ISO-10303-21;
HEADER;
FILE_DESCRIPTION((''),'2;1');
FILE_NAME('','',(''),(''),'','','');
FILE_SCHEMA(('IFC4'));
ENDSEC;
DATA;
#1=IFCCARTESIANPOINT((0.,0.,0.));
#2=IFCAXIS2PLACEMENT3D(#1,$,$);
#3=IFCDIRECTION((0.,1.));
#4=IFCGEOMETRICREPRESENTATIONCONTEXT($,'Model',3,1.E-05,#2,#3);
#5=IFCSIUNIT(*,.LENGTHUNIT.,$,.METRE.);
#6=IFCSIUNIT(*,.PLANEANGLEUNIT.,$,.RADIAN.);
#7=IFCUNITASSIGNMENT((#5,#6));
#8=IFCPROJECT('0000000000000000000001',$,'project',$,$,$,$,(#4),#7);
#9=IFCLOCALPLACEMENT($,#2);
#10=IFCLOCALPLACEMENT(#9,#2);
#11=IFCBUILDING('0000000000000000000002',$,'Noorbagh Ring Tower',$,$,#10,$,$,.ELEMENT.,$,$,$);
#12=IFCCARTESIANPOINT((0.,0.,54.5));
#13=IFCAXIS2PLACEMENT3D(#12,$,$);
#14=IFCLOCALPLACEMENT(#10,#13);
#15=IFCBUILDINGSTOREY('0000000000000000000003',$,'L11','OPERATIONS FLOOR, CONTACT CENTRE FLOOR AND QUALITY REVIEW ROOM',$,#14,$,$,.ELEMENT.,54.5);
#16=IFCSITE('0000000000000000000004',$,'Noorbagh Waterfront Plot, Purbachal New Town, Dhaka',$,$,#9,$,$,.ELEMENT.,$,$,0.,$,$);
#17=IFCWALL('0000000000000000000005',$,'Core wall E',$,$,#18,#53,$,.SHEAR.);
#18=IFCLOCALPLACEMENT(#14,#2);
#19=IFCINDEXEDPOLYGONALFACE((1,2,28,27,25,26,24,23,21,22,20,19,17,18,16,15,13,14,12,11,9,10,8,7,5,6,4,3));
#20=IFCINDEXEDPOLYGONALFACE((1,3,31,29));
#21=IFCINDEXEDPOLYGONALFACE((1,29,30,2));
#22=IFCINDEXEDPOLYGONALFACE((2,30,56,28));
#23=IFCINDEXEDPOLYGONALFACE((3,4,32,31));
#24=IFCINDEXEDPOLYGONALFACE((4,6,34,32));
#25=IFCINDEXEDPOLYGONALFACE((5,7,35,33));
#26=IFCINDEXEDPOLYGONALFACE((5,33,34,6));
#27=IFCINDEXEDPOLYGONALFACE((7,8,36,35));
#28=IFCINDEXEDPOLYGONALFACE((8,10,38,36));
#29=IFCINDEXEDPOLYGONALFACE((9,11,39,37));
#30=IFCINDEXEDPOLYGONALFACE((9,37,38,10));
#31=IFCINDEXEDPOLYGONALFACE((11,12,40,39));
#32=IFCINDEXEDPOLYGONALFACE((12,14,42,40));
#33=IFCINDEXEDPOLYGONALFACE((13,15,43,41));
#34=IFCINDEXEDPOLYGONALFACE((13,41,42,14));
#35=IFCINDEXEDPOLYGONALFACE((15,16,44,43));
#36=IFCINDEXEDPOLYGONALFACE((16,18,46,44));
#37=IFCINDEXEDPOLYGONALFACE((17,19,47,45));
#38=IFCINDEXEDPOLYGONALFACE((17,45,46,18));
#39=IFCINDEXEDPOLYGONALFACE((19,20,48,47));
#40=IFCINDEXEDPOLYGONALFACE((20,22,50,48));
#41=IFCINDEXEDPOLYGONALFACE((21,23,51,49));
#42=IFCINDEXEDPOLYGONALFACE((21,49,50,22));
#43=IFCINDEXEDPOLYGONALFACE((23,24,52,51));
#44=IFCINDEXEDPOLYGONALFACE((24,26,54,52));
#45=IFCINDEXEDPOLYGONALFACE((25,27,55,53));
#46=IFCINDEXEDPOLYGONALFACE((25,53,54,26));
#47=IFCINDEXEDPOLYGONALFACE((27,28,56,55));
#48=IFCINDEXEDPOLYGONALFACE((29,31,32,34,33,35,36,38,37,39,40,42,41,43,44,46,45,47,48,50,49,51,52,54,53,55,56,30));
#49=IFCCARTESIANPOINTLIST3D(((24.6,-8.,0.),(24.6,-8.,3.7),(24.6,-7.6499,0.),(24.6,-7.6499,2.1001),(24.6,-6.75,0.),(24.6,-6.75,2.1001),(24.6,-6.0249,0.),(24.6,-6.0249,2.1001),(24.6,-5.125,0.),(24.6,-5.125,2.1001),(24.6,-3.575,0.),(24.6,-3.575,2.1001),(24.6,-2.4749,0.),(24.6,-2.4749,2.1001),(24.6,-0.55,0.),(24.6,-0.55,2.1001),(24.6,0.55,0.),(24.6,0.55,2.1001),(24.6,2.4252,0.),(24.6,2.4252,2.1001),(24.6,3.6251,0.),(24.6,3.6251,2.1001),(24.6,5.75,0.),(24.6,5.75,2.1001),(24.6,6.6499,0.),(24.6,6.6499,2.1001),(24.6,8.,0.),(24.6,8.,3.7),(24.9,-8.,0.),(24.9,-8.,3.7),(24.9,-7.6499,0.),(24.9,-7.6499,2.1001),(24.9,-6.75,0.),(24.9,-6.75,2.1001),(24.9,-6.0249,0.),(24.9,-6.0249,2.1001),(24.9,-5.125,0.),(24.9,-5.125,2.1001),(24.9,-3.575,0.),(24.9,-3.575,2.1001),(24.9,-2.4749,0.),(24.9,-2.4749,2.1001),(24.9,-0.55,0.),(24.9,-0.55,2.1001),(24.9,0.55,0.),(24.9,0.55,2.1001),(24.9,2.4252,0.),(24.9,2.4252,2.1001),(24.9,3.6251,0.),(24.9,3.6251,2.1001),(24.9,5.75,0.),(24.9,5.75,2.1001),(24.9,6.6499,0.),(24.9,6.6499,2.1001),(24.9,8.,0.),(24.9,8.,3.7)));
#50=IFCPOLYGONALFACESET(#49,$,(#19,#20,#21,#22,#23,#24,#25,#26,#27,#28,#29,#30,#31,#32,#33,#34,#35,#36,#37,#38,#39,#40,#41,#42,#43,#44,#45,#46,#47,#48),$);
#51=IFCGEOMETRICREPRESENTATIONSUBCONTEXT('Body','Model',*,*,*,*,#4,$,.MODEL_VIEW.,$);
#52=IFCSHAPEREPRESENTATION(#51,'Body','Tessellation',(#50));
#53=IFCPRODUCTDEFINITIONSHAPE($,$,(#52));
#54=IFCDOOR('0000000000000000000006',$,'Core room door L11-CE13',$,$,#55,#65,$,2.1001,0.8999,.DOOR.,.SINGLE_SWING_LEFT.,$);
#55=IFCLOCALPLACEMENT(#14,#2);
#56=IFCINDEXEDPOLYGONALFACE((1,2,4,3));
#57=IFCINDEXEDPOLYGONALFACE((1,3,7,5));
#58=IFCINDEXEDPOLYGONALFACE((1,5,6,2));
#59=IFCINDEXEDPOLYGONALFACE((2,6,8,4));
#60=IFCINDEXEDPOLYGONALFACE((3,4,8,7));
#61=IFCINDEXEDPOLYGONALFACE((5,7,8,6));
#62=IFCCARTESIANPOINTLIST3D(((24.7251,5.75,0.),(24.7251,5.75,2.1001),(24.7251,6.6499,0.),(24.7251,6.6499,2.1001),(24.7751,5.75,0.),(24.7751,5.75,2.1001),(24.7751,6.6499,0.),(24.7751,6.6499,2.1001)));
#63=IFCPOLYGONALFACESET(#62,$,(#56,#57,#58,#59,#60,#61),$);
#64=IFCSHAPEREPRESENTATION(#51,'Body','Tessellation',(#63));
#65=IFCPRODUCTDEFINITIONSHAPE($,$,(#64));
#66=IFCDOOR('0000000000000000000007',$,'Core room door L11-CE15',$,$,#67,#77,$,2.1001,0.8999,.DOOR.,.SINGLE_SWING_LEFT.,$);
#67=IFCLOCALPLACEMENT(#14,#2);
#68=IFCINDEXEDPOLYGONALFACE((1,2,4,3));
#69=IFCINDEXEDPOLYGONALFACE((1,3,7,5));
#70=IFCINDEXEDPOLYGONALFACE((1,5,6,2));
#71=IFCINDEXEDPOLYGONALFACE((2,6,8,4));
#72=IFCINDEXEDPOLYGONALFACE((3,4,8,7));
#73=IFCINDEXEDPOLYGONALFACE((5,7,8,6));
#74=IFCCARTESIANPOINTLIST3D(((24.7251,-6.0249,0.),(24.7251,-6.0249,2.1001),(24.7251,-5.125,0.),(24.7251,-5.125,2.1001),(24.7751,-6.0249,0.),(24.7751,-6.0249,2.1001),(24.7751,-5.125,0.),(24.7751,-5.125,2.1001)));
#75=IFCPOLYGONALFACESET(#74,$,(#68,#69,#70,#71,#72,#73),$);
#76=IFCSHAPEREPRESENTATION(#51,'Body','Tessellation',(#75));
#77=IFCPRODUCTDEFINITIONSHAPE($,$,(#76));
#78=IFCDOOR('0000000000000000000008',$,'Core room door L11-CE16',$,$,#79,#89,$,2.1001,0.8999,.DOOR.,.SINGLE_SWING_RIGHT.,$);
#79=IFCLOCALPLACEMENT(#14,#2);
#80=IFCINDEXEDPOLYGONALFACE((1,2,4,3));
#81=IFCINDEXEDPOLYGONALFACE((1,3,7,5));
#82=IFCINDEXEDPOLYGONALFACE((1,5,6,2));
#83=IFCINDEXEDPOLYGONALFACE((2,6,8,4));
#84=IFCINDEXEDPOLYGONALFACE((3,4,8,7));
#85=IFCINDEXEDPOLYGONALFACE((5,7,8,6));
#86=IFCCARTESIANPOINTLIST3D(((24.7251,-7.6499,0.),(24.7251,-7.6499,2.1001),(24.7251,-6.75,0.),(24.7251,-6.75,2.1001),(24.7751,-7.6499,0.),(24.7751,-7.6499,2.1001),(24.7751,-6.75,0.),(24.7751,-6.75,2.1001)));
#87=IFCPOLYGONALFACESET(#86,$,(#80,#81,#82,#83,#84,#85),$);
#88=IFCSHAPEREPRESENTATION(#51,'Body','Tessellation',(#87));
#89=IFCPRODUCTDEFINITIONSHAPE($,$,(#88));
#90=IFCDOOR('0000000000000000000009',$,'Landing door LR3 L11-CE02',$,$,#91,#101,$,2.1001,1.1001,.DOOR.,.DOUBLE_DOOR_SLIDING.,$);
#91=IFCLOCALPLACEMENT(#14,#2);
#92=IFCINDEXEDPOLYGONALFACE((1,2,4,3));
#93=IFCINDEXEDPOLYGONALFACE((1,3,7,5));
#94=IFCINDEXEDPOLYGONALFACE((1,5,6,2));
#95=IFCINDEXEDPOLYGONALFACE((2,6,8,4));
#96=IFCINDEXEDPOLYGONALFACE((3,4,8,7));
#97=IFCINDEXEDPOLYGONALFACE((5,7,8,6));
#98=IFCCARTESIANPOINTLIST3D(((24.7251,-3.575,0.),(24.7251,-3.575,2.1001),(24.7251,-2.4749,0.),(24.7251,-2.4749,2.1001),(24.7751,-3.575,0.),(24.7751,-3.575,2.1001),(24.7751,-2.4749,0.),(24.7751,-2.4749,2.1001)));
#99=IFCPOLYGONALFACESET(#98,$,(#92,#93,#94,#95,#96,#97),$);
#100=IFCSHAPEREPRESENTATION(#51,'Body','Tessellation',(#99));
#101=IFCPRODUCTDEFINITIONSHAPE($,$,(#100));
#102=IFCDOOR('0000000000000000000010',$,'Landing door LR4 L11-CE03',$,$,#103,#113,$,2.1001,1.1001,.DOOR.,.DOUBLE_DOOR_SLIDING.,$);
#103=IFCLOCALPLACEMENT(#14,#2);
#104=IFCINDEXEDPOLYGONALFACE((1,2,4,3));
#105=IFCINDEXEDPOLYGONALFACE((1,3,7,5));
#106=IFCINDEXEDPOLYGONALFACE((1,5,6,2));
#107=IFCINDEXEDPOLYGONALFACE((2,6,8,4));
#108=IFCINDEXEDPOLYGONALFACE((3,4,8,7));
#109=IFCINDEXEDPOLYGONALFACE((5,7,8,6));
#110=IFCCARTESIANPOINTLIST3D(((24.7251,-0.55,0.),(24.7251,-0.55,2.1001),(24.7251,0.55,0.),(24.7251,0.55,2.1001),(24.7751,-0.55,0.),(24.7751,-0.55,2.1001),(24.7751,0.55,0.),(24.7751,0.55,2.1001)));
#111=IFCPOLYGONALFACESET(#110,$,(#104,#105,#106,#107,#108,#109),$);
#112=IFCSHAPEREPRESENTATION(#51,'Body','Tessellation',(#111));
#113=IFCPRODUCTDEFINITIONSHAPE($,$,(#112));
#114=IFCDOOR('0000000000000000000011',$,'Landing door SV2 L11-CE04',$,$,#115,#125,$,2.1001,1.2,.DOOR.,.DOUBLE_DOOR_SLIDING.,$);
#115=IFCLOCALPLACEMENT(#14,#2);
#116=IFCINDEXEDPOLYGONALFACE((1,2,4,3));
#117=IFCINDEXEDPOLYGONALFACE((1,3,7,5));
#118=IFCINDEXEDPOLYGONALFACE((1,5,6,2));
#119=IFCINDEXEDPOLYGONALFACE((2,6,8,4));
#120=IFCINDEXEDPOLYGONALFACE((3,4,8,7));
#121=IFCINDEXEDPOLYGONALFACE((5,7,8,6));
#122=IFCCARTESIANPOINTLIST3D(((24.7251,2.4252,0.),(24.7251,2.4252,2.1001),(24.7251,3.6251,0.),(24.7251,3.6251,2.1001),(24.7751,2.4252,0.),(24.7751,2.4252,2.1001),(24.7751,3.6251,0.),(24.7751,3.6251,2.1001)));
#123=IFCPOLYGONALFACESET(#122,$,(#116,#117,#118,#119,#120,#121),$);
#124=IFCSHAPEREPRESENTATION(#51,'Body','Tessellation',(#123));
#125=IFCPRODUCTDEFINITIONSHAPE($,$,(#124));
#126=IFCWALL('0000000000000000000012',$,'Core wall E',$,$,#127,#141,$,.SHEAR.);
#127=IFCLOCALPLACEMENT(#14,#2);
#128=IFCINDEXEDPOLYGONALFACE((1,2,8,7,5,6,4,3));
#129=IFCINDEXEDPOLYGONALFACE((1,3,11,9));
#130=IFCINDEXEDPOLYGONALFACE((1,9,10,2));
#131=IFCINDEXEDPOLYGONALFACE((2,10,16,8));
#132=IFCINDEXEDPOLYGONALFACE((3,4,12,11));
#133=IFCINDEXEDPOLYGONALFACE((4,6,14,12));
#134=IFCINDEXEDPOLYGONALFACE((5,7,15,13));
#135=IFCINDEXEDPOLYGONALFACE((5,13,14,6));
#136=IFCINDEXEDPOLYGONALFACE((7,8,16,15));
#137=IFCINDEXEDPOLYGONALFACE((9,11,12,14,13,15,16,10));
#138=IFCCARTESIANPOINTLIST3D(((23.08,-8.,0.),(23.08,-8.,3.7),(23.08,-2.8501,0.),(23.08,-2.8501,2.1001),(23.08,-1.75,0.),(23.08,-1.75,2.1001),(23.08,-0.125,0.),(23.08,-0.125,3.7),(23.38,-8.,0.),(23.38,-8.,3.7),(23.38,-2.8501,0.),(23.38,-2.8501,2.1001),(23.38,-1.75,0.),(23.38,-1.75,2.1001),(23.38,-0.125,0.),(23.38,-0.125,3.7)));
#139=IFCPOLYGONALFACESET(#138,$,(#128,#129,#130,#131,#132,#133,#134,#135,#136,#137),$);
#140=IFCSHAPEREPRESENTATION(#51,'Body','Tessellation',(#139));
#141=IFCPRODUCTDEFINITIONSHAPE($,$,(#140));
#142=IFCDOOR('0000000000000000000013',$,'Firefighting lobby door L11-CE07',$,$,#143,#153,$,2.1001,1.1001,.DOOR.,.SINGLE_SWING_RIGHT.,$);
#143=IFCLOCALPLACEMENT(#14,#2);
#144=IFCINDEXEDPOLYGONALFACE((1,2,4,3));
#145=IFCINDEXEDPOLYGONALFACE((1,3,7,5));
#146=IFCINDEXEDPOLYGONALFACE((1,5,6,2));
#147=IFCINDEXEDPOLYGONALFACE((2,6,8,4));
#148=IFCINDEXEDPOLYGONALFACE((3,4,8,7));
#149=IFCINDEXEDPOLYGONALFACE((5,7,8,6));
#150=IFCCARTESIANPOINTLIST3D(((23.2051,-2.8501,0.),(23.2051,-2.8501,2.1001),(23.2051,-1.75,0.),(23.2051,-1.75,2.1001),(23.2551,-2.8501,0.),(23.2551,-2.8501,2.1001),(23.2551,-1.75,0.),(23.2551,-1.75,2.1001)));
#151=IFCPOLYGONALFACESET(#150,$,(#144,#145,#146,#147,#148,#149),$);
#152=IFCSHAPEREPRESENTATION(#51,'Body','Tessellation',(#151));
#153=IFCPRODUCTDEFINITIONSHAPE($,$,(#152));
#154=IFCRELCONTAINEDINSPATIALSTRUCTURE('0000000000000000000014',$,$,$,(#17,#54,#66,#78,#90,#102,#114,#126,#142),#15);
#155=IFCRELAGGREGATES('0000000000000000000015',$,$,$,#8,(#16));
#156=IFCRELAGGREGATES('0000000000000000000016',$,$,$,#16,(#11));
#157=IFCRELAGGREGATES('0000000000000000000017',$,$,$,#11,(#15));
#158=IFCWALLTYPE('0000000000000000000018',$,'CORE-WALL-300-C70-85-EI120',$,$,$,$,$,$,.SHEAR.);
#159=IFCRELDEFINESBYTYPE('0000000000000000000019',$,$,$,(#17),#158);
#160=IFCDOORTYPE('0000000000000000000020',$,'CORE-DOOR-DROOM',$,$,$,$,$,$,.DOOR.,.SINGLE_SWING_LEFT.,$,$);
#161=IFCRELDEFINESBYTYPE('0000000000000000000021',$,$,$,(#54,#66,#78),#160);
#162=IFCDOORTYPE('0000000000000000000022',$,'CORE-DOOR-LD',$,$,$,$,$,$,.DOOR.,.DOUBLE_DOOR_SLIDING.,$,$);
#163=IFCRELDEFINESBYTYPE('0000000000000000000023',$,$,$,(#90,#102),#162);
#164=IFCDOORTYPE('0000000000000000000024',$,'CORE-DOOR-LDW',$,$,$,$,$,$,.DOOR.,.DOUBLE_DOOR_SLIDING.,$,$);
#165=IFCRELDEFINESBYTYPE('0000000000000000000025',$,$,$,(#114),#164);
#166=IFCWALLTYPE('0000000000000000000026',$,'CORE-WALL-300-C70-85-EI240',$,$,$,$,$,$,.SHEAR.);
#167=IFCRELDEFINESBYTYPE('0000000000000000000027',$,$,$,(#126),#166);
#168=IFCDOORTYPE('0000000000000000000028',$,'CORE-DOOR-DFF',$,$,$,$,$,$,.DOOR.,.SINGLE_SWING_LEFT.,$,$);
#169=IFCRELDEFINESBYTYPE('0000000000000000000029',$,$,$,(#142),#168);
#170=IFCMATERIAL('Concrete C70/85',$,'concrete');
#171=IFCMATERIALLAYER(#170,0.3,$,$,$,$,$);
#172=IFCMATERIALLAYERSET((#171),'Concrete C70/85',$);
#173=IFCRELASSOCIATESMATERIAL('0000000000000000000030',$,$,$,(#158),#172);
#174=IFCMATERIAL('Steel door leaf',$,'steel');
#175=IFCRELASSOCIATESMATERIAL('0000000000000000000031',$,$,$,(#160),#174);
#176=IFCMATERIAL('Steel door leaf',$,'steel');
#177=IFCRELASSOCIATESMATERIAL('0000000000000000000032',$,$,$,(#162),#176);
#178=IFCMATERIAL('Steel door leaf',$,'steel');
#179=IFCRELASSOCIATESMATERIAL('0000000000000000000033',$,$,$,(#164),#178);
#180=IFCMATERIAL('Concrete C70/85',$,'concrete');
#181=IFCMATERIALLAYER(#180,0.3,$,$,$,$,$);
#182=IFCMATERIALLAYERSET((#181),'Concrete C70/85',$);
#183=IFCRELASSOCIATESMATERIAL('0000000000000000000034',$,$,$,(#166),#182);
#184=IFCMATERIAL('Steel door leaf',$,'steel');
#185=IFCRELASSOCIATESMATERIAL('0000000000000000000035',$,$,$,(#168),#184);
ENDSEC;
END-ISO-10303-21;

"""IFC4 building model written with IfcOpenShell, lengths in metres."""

from ifc_helpers import new_model, si_unit, direction, frame, frame_2d, origin, place, context, subcontext, project, spatial, rectangle, extrude, material, layer, layer_set, type_object, element, fill, save


model = new_model("IFC4")

# Units and contexts
model_context = context("Model", 3, precision=1e-05, world=origin(), true_north=direction((0.0, 1.0)))
body_context = subcontext(model_context, "Body", "Model", "MODEL_VIEW")
ifc_project = project(units=[si_unit("LENGTHUNIT", "METRE"), si_unit("PLANEANGLEUNIT", "RADIAN")], contexts=[model_context])

# Site, building, storey
site_placement = place(None, origin())
site = spatial("IfcSite", under=ifc_project, at=site_placement, Name="Noorbagh Waterfront Plot, Purbachal New Town, Dhaka", CompositionType="ELEMENT", RefElevation=0.0)
building_placement = place(site_placement, origin())
building = spatial("IfcBuilding", under=site, at=building_placement, Name="Noorbagh Ring Tower", CompositionType="ELEMENT")
storey_placement = place(building_placement, frame((0.0, 0.0, 54.5)))
storey = spatial("IfcBuildingStorey", under=building, at=storey_placement, Name="L11", Description="OPERATIONS FLOOR, CONTACT CENTRE FLOOR AND QUALITY REVIEW ROOM", CompositionType="ELEMENT", Elevation=54.5)

# Wall, openings, doors
ifc_material_1 = material(Name="Concrete C70/85", Category="concrete")
ifc_layer_1 = layer(ifc_material_1, 0.3)
ifc_layer_set_1 = layer_set([ifc_layer_1], Name="Concrete C70/85")
wall_type_1 = type_object("IfcWallType", Name="CORE-WALL-300-C70-85-EI120", PredefinedType="SHEAR", material=ifc_layer_set_1)
wall_1_placement = place(storey_placement, frame((24.75, -8.0, 0.0), z_axis=(0.0, 0.0, 1.0), x_axis=(0.0, 1.0, 0.0)))
wall_1 = element("IfcWall", 1, at=wall_1_placement, inside=storey, type_object=wall_type_1, Name="Core wall E", PredefinedType="SHEAR", context=body_context, shape_type="SweptSolid", body=[
    extrude(rectangle(XDim=16.0, YDim=0.3, at=frame_2d((8.0, 0.0))), origin(), (0.0, 0.0, 1.0), 3.7),
])
opening_1_placement = place(wall_1_placement, frame((4.425, 0.0, 0.0)))
opening_1 = element("IfcOpeningElement", 2, at=opening_1_placement, cuts=wall_1, PredefinedType="OPENING", context=body_context, shape_type="SweptSolid", body=[
    extrude(rectangle(XDim=1.1001, YDim=2.1001, at=frame_2d((0.55, 1.05))), frame((0.0, 0.1602, 0.0), z_axis=(0.0, -1.0, 0.0), x_axis=(1.0, 0.0, 0.0)), (0.0, 0.0, 1.0), 0.3201),
])
opening_2_placement = place(wall_1_placement, frame((7.45, 0.0, 0.0)))
opening_2 = element("IfcOpeningElement", 3, at=opening_2_placement, cuts=wall_1, PredefinedType="OPENING", context=body_context, shape_type="SweptSolid", body=[
    extrude(rectangle(XDim=1.1001, YDim=2.1001, at=frame_2d((0.55, 1.05))), frame((0.0, 0.1602, 0.0), z_axis=(0.0, -1.0, 0.0), x_axis=(1.0, 0.0, 0.0)), (0.0, 0.0, 1.0), 0.3201),
])
opening_3_placement = place(wall_1_placement, frame((10.425, 0.0, 0.0)))
opening_3 = element("IfcOpeningElement", 4, at=opening_3_placement, cuts=wall_1, PredefinedType="OPENING", context=body_context, shape_type="SweptSolid", body=[
    extrude(rectangle(XDim=1.2, YDim=2.1001, at=frame_2d((0.6001, 1.05))), frame((0.0, 0.1602, 0.0), z_axis=(0.0, -1.0, 0.0), x_axis=(1.0, 0.0, 0.0)), (0.0, 0.0, 1.0), 0.3201),
])
opening_4_placement = place(wall_1_placement, frame((13.75, 0.0, 0.0)))
opening_4 = element("IfcOpeningElement", 5, at=opening_4_placement, cuts=wall_1, PredefinedType="OPENING", context=body_context, shape_type="SweptSolid", body=[
    extrude(rectangle(XDim=0.8999, YDim=2.1001, at=frame_2d((0.45, 1.05))), frame((0.0, 0.1602, 0.0), z_axis=(0.0, -1.0, 0.0), x_axis=(1.0, 0.0, 0.0)), (0.0, 0.0, 1.0), 0.3201),
])
opening_5_placement = place(wall_1_placement, frame((1.9751, 0.0, 0.0)))
opening_5 = element("IfcOpeningElement", 6, at=opening_5_placement, cuts=wall_1, PredefinedType="OPENING", context=body_context, shape_type="SweptSolid", body=[
    extrude(rectangle(XDim=0.8999, YDim=2.1001, at=frame_2d((0.45, 1.05))), frame((0.0, 0.1602, 0.0), z_axis=(0.0, -1.0, 0.0), x_axis=(1.0, 0.0, 0.0)), (0.0, 0.0, 1.0), 0.3201),
])
opening_6_placement = place(wall_1_placement, frame((0.3501, 0.0, 0.0)))
opening_6 = element("IfcOpeningElement", 7, at=opening_6_placement, cuts=wall_1, PredefinedType="OPENING", context=body_context, shape_type="SweptSolid", body=[
    extrude(rectangle(XDim=0.8999, YDim=2.1001, at=frame_2d((0.45, 1.05))), frame((0.0, 0.1602, 0.0), z_axis=(0.0, -1.0, 0.0), x_axis=(1.0, 0.0, 0.0)), (0.0, 0.0, 1.0), 0.3201),
])
ifc_material_2 = material(Name="Steel door leaf", Category="steel")
door_type_1 = type_object("IfcDoorType", Name="CORE-DOOR-DROOM", OperationType="SINGLE_SWING_LEFT", PredefinedType="DOOR", material=ifc_material_2)
door_1_placement = place(opening_4_placement, origin())
door_1 = element("IfcDoor", 8, at=door_1_placement, inside=storey, type_object=door_type_1, Name="Core room door L11-CE13", OperationType="SINGLE_SWING_LEFT", OverallHeight=2.1001, OverallWidth=0.8999, PredefinedType="DOOR", context=body_context, shape_type="SweptSolid", body=[
    extrude(rectangle(XDim=0.8999, YDim=2.1001, at=frame_2d((0.45, 1.05))), frame((0.0, 0.0249, 0.0), z_axis=(0.0, -1.0, 0.0), x_axis=(1.0, 0.0, 0.0)), (0.0, 0.0, 1.0), 0.05),
])
fill(opening_4, door_1)
door_2_placement = place(opening_5_placement, origin())
door_2 = element("IfcDoor", 9, at=door_2_placement, inside=storey, type_object=door_type_1, Name="Core room door L11-CE15", OperationType="SINGLE_SWING_LEFT", OverallHeight=2.1001, OverallWidth=0.8999, PredefinedType="DOOR", context=body_context, shape_type="SweptSolid", body=[
    extrude(rectangle(XDim=0.8999, YDim=2.1001, at=frame_2d((0.45, 1.05))), frame((0.0, 0.0249, 0.0), z_axis=(0.0, -1.0, 0.0), x_axis=(1.0, 0.0, 0.0)), (0.0, 0.0, 1.0), 0.05),
])
fill(opening_5, door_2)
door_3_placement = place(opening_6_placement, origin())
door_3 = element("IfcDoor", 10, at=door_3_placement, inside=storey, type_object=door_type_1, Name="Core room door L11-CE16", OperationType="SINGLE_SWING_RIGHT", OverallHeight=2.1001, OverallWidth=0.8999, PredefinedType="DOOR", context=body_context, shape_type="SweptSolid", body=[
    extrude(rectangle(XDim=0.8999, YDim=2.1001, at=frame_2d((0.45, 1.05))), frame((0.0, 0.0249, 0.0), z_axis=(0.0, -1.0, 0.0), x_axis=(1.0, 0.0, 0.0)), (0.0, 0.0, 1.0), 0.05),
])
fill(opening_6, door_3)
ifc_material_3 = material(Name="Steel door leaf", Category="steel")
door_type_2 = type_object("IfcDoorType", Name="CORE-DOOR-LD", OperationType="DOUBLE_DOOR_SLIDING", PredefinedType="DOOR", material=ifc_material_3)
door_4_placement = place(opening_1_placement, origin())
door_4 = element("IfcDoor", 11, at=door_4_placement, inside=storey, type_object=door_type_2, Name="Landing door LR3 L11-CE02", OperationType="DOUBLE_DOOR_SLIDING", OverallHeight=2.1001, OverallWidth=1.1001, PredefinedType="DOOR", context=body_context, shape_type="SweptSolid", body=[
    extrude(rectangle(XDim=1.1001, YDim=2.1001, at=frame_2d((0.55, 1.05))), frame((0.0, 0.0249, 0.0), z_axis=(0.0, -1.0, 0.0), x_axis=(1.0, 0.0, 0.0)), (0.0, 0.0, 1.0), 0.05),
])
fill(opening_1, door_4)
door_5_placement = place(opening_2_placement, origin())
door_5 = element("IfcDoor", 12, at=door_5_placement, inside=storey, type_object=door_type_2, Name="Landing door LR4 L11-CE03", OperationType="DOUBLE_DOOR_SLIDING", OverallHeight=2.1001, OverallWidth=1.1001, PredefinedType="DOOR", context=body_context, shape_type="SweptSolid", body=[
    extrude(rectangle(XDim=1.1001, YDim=2.1001, at=frame_2d((0.55, 1.05))), frame((0.0, 0.0249, 0.0), z_axis=(0.0, -1.0, 0.0), x_axis=(1.0, 0.0, 0.0)), (0.0, 0.0, 1.0), 0.05),
])
fill(opening_2, door_5)
ifc_material_4 = material(Name="Steel door leaf", Category="steel")
door_type_3 = type_object("IfcDoorType", Name="CORE-DOOR-LDW", OperationType="DOUBLE_DOOR_SLIDING", PredefinedType="DOOR", material=ifc_material_4)
door_6_placement = place(opening_3_placement, origin())
door_6 = element("IfcDoor", 13, at=door_6_placement, inside=storey, type_object=door_type_3, Name="Landing door SV2 L11-CE04", OperationType="DOUBLE_DOOR_SLIDING", OverallHeight=2.1001, OverallWidth=1.2, PredefinedType="DOOR", context=body_context, shape_type="SweptSolid", body=[
    extrude(rectangle(XDim=1.2, YDim=2.1001, at=frame_2d((0.6001, 1.05))), frame((0.0, 0.0249, 0.0), z_axis=(0.0, -1.0, 0.0), x_axis=(1.0, 0.0, 0.0)), (0.0, 0.0, 1.0), 0.05),
])
fill(opening_3, door_6)

# Wall, opening, door
ifc_material_5 = material(Name="Concrete C70/85", Category="concrete")
ifc_layer_2 = layer(ifc_material_5, 0.3)
ifc_layer_set_2 = layer_set([ifc_layer_2], Name="Concrete C70/85")
wall_type_2 = type_object("IfcWallType", Name="CORE-WALL-300-C70-85-EI240", PredefinedType="SHEAR", material=ifc_layer_set_2)
wall_2_placement = place(storey_placement, frame((23.23, -8.0, 0.0), z_axis=(0.0, 0.0, 1.0), x_axis=(0.0, 1.0, 0.0)))
wall_2 = element("IfcWall", 14, at=wall_2_placement, inside=storey, type_object=wall_type_2, Name="Core wall E", PredefinedType="SHEAR", context=body_context, shape_type="SweptSolid", body=[
    extrude(rectangle(XDim=7.875, YDim=0.3, at=frame_2d((3.9375, 0.0))), origin(), (0.0, 0.0, 1.0), 3.7),
])
opening_7_placement = place(wall_2_placement, frame((5.1499, 0.0, 0.0)))
opening_7 = element("IfcOpeningElement", 15, at=opening_7_placement, cuts=wall_2, PredefinedType="OPENING", context=body_context, shape_type="SweptSolid", body=[
    extrude(rectangle(XDim=1.1001, YDim=2.1001, at=frame_2d((0.55, 1.05))), frame((0.0, 0.1602, 0.0), z_axis=(0.0, -1.0, 0.0), x_axis=(1.0, 0.0, 0.0)), (0.0, 0.0, 1.0), 0.3201),
])
ifc_material_6 = material(Name="Steel door leaf", Category="steel")
door_type_4 = type_object("IfcDoorType", Name="CORE-DOOR-DFF", OperationType="SINGLE_SWING_LEFT", PredefinedType="DOOR", material=ifc_material_6)
door_7_placement = place(opening_7_placement, origin())
door_7 = element("IfcDoor", 16, at=door_7_placement, inside=storey, type_object=door_type_4, Name="Firefighting lobby door L11-CE07", OperationType="SINGLE_SWING_RIGHT", OverallHeight=2.1001, OverallWidth=1.1001, PredefinedType="DOOR", context=body_context, shape_type="SweptSolid", body=[
    extrude(rectangle(XDim=1.1001, YDim=2.1001, at=frame_2d((0.55, 1.05))), frame((0.0, 0.0249, 0.0), z_axis=(0.0, -1.0, 0.0), x_axis=(1.0, 0.0, 0.0)), (0.0, 0.0, 1.0), 0.05),
])
fill(opening_7, door_7)

save(model, "model.ifc")
